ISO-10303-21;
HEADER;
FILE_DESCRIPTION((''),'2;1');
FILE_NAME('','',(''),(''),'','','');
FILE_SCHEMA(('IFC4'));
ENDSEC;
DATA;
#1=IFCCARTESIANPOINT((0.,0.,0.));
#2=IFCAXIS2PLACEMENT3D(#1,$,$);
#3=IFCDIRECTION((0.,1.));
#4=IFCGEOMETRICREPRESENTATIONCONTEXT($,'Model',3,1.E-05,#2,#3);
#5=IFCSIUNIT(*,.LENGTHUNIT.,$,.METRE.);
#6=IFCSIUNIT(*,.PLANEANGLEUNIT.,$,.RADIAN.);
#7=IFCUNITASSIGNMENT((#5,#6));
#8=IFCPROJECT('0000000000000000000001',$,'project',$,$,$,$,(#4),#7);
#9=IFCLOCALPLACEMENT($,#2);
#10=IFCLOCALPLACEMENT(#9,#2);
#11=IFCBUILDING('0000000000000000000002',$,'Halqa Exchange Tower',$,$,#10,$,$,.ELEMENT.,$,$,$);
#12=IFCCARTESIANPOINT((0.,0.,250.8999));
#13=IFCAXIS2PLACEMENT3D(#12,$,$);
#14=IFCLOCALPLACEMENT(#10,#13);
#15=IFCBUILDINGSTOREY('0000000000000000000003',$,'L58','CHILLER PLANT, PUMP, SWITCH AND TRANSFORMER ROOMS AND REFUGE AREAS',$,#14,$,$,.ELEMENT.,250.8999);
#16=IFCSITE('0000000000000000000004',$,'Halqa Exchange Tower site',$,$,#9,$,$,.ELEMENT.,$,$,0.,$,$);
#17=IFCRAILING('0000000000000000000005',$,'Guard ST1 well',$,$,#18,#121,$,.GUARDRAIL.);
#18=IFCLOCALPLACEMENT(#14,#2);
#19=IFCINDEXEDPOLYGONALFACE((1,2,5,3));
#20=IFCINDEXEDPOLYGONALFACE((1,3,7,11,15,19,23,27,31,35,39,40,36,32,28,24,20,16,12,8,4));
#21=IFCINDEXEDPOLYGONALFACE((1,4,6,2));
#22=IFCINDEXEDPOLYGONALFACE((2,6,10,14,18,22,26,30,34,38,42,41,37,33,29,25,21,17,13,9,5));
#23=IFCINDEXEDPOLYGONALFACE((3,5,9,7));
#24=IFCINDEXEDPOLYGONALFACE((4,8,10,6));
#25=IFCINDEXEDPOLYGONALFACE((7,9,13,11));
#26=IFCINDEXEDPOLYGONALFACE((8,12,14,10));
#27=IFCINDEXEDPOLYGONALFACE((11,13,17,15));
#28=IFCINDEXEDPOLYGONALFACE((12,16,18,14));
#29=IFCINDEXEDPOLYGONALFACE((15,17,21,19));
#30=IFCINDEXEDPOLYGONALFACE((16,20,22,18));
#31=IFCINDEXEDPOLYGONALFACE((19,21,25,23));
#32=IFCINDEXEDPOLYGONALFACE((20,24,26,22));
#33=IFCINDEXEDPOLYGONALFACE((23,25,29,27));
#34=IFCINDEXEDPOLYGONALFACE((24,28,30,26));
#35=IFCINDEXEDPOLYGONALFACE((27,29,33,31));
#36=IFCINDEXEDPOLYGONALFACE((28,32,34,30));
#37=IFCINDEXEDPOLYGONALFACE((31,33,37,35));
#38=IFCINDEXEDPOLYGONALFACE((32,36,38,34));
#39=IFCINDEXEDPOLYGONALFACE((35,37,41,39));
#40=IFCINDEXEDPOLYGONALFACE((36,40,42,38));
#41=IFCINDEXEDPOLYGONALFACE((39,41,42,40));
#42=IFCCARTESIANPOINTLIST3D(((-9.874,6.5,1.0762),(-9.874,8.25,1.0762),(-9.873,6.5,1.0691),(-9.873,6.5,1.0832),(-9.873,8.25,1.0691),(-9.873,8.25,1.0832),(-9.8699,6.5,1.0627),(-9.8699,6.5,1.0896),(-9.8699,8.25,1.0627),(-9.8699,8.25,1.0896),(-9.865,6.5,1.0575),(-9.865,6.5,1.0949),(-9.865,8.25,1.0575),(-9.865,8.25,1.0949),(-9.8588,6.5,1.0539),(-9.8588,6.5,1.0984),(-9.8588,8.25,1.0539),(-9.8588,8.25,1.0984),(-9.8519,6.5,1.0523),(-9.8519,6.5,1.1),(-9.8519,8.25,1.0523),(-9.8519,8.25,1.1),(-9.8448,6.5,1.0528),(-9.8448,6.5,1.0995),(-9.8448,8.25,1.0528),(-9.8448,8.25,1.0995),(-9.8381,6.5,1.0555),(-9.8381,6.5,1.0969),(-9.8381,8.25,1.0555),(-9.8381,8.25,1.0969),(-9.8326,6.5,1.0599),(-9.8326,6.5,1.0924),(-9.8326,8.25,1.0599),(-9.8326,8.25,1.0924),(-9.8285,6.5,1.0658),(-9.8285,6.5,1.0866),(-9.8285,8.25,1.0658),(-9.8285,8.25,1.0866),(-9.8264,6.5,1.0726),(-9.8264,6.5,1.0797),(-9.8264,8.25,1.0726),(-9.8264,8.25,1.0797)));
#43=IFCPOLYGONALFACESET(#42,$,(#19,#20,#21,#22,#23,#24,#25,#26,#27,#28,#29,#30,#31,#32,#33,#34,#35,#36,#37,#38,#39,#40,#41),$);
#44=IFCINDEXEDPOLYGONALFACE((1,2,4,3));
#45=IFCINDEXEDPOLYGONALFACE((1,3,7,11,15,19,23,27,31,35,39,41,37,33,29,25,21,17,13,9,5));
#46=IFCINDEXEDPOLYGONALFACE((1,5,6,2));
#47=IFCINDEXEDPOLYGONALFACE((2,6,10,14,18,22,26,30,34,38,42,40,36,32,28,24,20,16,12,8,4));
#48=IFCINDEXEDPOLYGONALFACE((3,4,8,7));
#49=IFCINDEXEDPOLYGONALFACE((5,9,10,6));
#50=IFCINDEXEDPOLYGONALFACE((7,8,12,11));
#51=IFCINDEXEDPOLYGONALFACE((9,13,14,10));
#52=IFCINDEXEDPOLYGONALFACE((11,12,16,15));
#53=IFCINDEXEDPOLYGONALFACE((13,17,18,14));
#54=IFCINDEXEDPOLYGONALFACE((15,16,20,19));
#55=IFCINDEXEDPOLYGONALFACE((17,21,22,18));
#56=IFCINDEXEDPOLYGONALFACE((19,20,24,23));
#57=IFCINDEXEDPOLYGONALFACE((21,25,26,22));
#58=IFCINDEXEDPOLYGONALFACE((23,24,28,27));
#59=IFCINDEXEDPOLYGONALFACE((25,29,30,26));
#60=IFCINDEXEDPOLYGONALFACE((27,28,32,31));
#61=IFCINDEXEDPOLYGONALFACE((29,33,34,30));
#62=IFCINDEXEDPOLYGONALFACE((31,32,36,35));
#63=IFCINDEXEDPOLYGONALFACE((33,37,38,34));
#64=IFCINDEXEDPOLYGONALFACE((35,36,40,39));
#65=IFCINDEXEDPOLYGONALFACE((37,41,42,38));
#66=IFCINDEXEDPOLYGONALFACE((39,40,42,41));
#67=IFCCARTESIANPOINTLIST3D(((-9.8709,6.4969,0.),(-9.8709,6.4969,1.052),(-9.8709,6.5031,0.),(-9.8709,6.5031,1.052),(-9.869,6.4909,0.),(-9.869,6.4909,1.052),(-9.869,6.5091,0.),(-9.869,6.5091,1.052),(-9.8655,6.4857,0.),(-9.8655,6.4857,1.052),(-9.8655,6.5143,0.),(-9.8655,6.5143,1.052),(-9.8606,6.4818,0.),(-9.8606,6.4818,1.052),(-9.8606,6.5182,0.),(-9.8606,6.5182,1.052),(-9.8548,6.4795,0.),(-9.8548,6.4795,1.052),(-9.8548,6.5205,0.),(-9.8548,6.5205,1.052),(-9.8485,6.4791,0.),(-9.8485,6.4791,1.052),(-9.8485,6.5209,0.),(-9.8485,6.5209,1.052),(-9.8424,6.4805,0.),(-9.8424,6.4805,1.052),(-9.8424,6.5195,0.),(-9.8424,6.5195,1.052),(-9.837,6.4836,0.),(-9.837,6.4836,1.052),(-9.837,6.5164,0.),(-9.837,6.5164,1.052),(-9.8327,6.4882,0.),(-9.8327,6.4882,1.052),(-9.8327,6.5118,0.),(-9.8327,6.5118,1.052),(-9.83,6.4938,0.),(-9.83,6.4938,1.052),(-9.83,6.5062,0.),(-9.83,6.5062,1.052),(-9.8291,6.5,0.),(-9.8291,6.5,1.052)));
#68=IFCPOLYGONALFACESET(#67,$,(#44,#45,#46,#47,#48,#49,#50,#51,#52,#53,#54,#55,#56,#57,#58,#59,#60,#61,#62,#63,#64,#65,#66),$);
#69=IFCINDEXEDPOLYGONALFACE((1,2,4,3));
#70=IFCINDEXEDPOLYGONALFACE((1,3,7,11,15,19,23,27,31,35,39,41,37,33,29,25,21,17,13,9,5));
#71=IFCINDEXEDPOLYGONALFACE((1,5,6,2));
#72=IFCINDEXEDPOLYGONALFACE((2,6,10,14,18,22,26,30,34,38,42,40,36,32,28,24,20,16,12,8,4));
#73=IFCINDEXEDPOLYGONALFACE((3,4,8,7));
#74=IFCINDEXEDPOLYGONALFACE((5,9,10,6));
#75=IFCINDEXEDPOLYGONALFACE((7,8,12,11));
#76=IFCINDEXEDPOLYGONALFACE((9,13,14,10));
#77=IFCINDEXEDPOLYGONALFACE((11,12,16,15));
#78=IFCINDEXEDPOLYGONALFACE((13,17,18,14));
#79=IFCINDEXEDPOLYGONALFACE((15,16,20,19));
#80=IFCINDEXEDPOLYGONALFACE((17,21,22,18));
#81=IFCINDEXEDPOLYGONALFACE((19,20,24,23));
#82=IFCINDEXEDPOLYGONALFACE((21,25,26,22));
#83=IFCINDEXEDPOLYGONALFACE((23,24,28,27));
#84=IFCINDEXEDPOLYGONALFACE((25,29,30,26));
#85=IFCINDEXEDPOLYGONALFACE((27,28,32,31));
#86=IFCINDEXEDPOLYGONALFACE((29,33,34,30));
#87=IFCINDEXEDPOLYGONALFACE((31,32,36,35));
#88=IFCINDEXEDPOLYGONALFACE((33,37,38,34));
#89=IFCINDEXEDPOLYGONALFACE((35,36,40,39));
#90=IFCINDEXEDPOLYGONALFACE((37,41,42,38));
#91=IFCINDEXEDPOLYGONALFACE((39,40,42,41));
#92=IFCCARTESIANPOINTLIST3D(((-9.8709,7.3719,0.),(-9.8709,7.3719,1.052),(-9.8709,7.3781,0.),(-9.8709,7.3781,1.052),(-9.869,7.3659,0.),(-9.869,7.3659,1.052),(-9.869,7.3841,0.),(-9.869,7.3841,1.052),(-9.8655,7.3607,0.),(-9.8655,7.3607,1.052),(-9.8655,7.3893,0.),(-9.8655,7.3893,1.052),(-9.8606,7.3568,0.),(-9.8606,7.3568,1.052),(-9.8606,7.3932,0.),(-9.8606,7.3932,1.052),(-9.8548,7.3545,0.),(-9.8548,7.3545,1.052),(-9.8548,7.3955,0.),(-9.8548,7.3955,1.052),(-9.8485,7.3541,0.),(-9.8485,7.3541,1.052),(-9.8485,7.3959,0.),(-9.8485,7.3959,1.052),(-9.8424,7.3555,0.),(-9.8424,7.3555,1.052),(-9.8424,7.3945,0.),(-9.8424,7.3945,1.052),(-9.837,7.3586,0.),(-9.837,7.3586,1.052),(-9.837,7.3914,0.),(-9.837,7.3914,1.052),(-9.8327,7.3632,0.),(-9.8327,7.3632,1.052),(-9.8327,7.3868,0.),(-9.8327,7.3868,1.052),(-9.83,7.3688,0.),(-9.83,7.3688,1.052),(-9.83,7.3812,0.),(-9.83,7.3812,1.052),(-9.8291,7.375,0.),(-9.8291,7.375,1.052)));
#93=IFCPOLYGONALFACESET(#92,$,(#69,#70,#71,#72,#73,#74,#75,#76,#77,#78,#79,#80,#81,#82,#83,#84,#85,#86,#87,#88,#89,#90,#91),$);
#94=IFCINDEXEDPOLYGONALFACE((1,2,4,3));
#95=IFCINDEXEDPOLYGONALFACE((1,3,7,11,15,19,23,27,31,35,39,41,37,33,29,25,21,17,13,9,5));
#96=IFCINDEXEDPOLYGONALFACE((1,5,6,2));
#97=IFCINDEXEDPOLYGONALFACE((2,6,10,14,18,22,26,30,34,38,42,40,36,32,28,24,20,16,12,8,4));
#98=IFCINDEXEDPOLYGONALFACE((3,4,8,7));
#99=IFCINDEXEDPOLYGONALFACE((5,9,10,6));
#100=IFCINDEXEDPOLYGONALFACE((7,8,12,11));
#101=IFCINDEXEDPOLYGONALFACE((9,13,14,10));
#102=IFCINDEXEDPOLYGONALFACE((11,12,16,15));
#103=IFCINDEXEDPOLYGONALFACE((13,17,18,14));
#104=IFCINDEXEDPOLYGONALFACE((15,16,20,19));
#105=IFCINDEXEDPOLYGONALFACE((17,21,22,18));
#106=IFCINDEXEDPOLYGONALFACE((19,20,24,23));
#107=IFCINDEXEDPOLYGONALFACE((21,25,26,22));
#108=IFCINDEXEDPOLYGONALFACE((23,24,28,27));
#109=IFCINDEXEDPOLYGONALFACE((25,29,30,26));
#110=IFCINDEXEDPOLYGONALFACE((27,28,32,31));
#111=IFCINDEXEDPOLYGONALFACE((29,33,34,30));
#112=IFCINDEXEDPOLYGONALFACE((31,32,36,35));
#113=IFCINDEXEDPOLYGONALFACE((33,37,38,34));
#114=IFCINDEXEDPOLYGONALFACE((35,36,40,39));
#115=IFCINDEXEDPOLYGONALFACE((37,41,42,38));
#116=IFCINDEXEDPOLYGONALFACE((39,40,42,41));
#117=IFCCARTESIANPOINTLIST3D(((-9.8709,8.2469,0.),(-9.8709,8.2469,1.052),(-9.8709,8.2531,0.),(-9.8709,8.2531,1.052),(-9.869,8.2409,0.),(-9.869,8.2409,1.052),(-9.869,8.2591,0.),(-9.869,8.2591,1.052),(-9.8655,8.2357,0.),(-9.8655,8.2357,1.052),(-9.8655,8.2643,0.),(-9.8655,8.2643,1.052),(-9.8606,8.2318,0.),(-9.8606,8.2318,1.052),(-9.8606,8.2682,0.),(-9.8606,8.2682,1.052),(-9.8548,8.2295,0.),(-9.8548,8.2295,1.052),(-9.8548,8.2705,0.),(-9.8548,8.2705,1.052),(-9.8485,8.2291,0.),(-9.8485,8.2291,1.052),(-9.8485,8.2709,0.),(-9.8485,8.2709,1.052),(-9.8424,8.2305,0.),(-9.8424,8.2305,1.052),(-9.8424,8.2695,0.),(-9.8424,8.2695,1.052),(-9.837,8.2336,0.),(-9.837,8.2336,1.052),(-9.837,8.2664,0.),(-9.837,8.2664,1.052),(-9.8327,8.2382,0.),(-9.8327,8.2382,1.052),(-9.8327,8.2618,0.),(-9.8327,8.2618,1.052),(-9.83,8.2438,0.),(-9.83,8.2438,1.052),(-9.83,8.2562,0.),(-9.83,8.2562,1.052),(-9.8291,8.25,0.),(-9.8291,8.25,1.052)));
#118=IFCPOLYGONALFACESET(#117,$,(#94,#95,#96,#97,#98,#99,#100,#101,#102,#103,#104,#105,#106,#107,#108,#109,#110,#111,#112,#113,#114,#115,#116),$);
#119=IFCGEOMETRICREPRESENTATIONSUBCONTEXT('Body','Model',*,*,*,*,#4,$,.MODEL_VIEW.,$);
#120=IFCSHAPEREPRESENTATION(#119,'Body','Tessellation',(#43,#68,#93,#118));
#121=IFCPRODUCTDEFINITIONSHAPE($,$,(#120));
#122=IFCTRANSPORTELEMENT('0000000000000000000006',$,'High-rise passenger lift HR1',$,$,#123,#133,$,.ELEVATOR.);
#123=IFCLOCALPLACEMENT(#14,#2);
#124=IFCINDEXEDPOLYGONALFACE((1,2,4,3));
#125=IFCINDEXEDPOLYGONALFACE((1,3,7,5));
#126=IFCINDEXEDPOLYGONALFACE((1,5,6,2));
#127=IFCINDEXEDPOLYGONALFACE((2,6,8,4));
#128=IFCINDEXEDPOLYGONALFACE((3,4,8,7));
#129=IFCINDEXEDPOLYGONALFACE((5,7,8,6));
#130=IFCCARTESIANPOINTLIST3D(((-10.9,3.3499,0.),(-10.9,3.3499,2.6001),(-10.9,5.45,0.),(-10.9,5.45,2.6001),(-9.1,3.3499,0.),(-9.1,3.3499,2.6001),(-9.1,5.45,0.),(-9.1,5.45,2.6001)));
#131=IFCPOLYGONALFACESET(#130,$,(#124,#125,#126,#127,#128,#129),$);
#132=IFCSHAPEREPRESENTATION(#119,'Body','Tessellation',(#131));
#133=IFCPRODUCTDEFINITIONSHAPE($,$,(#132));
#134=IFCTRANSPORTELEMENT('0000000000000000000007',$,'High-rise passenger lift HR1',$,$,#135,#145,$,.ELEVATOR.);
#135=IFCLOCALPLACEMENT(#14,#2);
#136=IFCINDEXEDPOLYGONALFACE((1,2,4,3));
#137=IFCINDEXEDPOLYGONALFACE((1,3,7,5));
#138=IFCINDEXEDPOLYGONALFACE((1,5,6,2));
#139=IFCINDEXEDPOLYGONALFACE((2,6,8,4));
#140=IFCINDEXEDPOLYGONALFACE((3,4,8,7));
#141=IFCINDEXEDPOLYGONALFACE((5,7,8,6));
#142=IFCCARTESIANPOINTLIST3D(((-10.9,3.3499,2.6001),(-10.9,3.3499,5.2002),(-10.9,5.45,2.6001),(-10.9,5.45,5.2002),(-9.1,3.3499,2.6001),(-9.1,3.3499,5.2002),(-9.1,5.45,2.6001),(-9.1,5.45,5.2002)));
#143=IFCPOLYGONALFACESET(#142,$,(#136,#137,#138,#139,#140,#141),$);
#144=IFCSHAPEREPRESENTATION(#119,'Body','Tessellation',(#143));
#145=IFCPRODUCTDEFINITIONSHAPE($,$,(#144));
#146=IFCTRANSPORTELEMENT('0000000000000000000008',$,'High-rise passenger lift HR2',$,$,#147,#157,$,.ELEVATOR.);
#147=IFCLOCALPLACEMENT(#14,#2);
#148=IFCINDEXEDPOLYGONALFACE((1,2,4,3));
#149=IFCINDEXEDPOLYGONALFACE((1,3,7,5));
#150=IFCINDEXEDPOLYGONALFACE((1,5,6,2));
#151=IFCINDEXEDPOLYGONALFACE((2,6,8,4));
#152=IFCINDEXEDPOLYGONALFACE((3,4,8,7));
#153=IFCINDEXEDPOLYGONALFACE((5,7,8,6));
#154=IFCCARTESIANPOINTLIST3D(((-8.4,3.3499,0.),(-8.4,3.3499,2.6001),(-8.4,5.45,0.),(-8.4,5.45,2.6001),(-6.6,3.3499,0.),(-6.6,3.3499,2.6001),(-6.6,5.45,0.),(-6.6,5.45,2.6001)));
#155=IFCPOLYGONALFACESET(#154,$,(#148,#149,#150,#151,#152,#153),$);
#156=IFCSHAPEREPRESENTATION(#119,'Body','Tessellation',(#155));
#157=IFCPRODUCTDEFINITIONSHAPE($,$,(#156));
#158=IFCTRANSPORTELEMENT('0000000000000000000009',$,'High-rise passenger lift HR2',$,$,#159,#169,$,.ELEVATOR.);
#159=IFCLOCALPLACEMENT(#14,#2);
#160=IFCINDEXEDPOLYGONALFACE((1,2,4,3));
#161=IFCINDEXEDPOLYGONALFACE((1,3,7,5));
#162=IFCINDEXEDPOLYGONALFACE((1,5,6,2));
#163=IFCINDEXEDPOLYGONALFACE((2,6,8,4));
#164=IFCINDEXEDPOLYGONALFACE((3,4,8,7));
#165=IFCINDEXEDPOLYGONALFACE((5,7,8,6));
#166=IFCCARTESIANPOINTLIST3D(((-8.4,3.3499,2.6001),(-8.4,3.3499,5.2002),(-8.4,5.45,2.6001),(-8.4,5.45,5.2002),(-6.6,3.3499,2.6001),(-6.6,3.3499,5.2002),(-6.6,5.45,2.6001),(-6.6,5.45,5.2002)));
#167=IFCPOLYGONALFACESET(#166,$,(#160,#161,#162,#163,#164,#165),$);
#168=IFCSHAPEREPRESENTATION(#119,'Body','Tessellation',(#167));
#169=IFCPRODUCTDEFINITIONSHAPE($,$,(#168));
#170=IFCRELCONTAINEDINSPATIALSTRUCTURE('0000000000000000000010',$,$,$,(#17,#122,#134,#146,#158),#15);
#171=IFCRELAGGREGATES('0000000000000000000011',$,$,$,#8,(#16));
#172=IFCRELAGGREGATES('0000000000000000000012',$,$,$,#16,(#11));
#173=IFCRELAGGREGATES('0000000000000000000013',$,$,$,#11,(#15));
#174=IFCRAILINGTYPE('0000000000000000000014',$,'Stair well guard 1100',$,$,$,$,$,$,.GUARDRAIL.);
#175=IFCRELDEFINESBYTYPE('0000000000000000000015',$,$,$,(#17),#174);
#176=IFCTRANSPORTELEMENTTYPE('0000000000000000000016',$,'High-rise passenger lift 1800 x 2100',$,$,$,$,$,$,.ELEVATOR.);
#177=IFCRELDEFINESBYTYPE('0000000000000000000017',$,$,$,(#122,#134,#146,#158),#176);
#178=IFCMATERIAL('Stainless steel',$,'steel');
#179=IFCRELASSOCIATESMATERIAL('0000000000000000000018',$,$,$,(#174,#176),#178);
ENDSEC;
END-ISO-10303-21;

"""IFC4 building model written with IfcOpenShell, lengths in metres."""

from ifc_helpers import new_model, si_unit, direction, frame, origin, origin_2d, place, context, subcontext, project, spatial, rectangle, circle, extrude, material, type_object, element, save


model = new_model("IFC4")

# Units and contexts
model_context = context("Model", 3, precision=1e-05, world=origin(), true_north=direction((0.0, 1.0)))
body_context = subcontext(model_context, "Body", "Model", "MODEL_VIEW")
ifc_project = project(units=[si_unit("LENGTHUNIT", "METRE"), si_unit("PLANEANGLEUNIT", "RADIAN")], contexts=[model_context])

# Site, building, storey
site_placement = place(None, origin())
site = spatial("IfcSite", under=ifc_project, at=site_placement, Name="Halqa Exchange Tower site", CompositionType="ELEMENT", RefElevation=0.0)
building_placement = place(site_placement, origin())
building = spatial("IfcBuilding", under=site, at=building_placement, Name="Halqa Exchange Tower", CompositionType="ELEMENT")
storey_placement = place(building_placement, frame((0.0, 0.0, 250.8999)))
storey = spatial("IfcBuildingStorey", under=building, at=storey_placement, Name="L58", Description="CHILLER PLANT, PUMP, SWITCH AND TRANSFORMER ROOMS AND REFUGE AREAS", CompositionType="ELEMENT", Elevation=250.8999)

# Shared definitions
ifc_material_1 = material(Name="Stainless steel", Category="steel")

# Railing
railing_type_1 = type_object("IfcRailingType", Name="Stair well guard 1100", PredefinedType="GUARDRAIL", material=ifc_material_1)
railing_1_placement = place(storey_placement, frame((-9.8501, 6.5, 0.0)))
element("IfcRailing", 1, at=railing_1_placement, inside=storey, type_object=railing_type_1, Name="Guard ST1 well", PredefinedType="GUARDRAIL", context=body_context, shape_type="SweptSolid", body=[
    extrude(circle(Radius=0.0239, at=origin_2d()), frame((0.0, 0.0, 1.0762), z_axis=(0.0, 1.0, 0.0), x_axis=(-1.0, 0.0, 0.0)), (0.0, 0.0, 1.0), 1.75),
    extrude(circle(Radius=0.021, at=origin_2d()), origin(), (0.0, 0.0, 1.0), 1.052),
    extrude(circle(Radius=0.021, at=origin_2d()), frame((0.0, 0.875, 0.0)), (0.0, 0.0, 1.0), 1.052),
    extrude(circle(Radius=0.021, at=origin_2d()), frame((0.0, 1.75, 0.0)), (0.0, 0.0, 1.0), 1.052),
])

# Transport elements
transport_element_type = type_object("IfcTransportElementType", Name="High-rise passenger lift 1800 x 2100", PredefinedType="ELEVATOR", material=ifc_material_1)
for number, where, z_axis, x_axis, name in (
    (2, (-10.0, 4.3999, 0.0), (0.0, 0.0, 1.0), (1.0, 0.0, 0.0), "High-rise passenger lift HR1"),
    (3, (-10.0, 4.3999, 2.6001), (0.0, 0.0, 1.0), (1.0, 0.0, 0.0), "High-rise passenger lift HR1"),
    (4, (-7.5, 4.3999, 0.0), (0.0, 0.0, 1.0), (1.0, 0.0, 0.0), "High-rise passenger lift HR2"),
    (5, (-7.5, 4.3999, 2.6001), (0.0, 0.0, 1.0), (1.0, 0.0, 0.0), "High-rise passenger lift HR2"),
):
    element("IfcTransportElement", number, at=place(storey_placement, frame(where, z_axis=z_axis, x_axis=x_axis)), inside=storey, type_object=transport_element_type, Name=name, PredefinedType="ELEVATOR", context=body_context, shape_type="SweptSolid", body=[
        extrude(rectangle(XDim=1.8, YDim=2.1001, at=origin_2d()), origin(), (0.0, 0.0, 1.0), 2.6001),
    ])

save(model, "model.ifc")
